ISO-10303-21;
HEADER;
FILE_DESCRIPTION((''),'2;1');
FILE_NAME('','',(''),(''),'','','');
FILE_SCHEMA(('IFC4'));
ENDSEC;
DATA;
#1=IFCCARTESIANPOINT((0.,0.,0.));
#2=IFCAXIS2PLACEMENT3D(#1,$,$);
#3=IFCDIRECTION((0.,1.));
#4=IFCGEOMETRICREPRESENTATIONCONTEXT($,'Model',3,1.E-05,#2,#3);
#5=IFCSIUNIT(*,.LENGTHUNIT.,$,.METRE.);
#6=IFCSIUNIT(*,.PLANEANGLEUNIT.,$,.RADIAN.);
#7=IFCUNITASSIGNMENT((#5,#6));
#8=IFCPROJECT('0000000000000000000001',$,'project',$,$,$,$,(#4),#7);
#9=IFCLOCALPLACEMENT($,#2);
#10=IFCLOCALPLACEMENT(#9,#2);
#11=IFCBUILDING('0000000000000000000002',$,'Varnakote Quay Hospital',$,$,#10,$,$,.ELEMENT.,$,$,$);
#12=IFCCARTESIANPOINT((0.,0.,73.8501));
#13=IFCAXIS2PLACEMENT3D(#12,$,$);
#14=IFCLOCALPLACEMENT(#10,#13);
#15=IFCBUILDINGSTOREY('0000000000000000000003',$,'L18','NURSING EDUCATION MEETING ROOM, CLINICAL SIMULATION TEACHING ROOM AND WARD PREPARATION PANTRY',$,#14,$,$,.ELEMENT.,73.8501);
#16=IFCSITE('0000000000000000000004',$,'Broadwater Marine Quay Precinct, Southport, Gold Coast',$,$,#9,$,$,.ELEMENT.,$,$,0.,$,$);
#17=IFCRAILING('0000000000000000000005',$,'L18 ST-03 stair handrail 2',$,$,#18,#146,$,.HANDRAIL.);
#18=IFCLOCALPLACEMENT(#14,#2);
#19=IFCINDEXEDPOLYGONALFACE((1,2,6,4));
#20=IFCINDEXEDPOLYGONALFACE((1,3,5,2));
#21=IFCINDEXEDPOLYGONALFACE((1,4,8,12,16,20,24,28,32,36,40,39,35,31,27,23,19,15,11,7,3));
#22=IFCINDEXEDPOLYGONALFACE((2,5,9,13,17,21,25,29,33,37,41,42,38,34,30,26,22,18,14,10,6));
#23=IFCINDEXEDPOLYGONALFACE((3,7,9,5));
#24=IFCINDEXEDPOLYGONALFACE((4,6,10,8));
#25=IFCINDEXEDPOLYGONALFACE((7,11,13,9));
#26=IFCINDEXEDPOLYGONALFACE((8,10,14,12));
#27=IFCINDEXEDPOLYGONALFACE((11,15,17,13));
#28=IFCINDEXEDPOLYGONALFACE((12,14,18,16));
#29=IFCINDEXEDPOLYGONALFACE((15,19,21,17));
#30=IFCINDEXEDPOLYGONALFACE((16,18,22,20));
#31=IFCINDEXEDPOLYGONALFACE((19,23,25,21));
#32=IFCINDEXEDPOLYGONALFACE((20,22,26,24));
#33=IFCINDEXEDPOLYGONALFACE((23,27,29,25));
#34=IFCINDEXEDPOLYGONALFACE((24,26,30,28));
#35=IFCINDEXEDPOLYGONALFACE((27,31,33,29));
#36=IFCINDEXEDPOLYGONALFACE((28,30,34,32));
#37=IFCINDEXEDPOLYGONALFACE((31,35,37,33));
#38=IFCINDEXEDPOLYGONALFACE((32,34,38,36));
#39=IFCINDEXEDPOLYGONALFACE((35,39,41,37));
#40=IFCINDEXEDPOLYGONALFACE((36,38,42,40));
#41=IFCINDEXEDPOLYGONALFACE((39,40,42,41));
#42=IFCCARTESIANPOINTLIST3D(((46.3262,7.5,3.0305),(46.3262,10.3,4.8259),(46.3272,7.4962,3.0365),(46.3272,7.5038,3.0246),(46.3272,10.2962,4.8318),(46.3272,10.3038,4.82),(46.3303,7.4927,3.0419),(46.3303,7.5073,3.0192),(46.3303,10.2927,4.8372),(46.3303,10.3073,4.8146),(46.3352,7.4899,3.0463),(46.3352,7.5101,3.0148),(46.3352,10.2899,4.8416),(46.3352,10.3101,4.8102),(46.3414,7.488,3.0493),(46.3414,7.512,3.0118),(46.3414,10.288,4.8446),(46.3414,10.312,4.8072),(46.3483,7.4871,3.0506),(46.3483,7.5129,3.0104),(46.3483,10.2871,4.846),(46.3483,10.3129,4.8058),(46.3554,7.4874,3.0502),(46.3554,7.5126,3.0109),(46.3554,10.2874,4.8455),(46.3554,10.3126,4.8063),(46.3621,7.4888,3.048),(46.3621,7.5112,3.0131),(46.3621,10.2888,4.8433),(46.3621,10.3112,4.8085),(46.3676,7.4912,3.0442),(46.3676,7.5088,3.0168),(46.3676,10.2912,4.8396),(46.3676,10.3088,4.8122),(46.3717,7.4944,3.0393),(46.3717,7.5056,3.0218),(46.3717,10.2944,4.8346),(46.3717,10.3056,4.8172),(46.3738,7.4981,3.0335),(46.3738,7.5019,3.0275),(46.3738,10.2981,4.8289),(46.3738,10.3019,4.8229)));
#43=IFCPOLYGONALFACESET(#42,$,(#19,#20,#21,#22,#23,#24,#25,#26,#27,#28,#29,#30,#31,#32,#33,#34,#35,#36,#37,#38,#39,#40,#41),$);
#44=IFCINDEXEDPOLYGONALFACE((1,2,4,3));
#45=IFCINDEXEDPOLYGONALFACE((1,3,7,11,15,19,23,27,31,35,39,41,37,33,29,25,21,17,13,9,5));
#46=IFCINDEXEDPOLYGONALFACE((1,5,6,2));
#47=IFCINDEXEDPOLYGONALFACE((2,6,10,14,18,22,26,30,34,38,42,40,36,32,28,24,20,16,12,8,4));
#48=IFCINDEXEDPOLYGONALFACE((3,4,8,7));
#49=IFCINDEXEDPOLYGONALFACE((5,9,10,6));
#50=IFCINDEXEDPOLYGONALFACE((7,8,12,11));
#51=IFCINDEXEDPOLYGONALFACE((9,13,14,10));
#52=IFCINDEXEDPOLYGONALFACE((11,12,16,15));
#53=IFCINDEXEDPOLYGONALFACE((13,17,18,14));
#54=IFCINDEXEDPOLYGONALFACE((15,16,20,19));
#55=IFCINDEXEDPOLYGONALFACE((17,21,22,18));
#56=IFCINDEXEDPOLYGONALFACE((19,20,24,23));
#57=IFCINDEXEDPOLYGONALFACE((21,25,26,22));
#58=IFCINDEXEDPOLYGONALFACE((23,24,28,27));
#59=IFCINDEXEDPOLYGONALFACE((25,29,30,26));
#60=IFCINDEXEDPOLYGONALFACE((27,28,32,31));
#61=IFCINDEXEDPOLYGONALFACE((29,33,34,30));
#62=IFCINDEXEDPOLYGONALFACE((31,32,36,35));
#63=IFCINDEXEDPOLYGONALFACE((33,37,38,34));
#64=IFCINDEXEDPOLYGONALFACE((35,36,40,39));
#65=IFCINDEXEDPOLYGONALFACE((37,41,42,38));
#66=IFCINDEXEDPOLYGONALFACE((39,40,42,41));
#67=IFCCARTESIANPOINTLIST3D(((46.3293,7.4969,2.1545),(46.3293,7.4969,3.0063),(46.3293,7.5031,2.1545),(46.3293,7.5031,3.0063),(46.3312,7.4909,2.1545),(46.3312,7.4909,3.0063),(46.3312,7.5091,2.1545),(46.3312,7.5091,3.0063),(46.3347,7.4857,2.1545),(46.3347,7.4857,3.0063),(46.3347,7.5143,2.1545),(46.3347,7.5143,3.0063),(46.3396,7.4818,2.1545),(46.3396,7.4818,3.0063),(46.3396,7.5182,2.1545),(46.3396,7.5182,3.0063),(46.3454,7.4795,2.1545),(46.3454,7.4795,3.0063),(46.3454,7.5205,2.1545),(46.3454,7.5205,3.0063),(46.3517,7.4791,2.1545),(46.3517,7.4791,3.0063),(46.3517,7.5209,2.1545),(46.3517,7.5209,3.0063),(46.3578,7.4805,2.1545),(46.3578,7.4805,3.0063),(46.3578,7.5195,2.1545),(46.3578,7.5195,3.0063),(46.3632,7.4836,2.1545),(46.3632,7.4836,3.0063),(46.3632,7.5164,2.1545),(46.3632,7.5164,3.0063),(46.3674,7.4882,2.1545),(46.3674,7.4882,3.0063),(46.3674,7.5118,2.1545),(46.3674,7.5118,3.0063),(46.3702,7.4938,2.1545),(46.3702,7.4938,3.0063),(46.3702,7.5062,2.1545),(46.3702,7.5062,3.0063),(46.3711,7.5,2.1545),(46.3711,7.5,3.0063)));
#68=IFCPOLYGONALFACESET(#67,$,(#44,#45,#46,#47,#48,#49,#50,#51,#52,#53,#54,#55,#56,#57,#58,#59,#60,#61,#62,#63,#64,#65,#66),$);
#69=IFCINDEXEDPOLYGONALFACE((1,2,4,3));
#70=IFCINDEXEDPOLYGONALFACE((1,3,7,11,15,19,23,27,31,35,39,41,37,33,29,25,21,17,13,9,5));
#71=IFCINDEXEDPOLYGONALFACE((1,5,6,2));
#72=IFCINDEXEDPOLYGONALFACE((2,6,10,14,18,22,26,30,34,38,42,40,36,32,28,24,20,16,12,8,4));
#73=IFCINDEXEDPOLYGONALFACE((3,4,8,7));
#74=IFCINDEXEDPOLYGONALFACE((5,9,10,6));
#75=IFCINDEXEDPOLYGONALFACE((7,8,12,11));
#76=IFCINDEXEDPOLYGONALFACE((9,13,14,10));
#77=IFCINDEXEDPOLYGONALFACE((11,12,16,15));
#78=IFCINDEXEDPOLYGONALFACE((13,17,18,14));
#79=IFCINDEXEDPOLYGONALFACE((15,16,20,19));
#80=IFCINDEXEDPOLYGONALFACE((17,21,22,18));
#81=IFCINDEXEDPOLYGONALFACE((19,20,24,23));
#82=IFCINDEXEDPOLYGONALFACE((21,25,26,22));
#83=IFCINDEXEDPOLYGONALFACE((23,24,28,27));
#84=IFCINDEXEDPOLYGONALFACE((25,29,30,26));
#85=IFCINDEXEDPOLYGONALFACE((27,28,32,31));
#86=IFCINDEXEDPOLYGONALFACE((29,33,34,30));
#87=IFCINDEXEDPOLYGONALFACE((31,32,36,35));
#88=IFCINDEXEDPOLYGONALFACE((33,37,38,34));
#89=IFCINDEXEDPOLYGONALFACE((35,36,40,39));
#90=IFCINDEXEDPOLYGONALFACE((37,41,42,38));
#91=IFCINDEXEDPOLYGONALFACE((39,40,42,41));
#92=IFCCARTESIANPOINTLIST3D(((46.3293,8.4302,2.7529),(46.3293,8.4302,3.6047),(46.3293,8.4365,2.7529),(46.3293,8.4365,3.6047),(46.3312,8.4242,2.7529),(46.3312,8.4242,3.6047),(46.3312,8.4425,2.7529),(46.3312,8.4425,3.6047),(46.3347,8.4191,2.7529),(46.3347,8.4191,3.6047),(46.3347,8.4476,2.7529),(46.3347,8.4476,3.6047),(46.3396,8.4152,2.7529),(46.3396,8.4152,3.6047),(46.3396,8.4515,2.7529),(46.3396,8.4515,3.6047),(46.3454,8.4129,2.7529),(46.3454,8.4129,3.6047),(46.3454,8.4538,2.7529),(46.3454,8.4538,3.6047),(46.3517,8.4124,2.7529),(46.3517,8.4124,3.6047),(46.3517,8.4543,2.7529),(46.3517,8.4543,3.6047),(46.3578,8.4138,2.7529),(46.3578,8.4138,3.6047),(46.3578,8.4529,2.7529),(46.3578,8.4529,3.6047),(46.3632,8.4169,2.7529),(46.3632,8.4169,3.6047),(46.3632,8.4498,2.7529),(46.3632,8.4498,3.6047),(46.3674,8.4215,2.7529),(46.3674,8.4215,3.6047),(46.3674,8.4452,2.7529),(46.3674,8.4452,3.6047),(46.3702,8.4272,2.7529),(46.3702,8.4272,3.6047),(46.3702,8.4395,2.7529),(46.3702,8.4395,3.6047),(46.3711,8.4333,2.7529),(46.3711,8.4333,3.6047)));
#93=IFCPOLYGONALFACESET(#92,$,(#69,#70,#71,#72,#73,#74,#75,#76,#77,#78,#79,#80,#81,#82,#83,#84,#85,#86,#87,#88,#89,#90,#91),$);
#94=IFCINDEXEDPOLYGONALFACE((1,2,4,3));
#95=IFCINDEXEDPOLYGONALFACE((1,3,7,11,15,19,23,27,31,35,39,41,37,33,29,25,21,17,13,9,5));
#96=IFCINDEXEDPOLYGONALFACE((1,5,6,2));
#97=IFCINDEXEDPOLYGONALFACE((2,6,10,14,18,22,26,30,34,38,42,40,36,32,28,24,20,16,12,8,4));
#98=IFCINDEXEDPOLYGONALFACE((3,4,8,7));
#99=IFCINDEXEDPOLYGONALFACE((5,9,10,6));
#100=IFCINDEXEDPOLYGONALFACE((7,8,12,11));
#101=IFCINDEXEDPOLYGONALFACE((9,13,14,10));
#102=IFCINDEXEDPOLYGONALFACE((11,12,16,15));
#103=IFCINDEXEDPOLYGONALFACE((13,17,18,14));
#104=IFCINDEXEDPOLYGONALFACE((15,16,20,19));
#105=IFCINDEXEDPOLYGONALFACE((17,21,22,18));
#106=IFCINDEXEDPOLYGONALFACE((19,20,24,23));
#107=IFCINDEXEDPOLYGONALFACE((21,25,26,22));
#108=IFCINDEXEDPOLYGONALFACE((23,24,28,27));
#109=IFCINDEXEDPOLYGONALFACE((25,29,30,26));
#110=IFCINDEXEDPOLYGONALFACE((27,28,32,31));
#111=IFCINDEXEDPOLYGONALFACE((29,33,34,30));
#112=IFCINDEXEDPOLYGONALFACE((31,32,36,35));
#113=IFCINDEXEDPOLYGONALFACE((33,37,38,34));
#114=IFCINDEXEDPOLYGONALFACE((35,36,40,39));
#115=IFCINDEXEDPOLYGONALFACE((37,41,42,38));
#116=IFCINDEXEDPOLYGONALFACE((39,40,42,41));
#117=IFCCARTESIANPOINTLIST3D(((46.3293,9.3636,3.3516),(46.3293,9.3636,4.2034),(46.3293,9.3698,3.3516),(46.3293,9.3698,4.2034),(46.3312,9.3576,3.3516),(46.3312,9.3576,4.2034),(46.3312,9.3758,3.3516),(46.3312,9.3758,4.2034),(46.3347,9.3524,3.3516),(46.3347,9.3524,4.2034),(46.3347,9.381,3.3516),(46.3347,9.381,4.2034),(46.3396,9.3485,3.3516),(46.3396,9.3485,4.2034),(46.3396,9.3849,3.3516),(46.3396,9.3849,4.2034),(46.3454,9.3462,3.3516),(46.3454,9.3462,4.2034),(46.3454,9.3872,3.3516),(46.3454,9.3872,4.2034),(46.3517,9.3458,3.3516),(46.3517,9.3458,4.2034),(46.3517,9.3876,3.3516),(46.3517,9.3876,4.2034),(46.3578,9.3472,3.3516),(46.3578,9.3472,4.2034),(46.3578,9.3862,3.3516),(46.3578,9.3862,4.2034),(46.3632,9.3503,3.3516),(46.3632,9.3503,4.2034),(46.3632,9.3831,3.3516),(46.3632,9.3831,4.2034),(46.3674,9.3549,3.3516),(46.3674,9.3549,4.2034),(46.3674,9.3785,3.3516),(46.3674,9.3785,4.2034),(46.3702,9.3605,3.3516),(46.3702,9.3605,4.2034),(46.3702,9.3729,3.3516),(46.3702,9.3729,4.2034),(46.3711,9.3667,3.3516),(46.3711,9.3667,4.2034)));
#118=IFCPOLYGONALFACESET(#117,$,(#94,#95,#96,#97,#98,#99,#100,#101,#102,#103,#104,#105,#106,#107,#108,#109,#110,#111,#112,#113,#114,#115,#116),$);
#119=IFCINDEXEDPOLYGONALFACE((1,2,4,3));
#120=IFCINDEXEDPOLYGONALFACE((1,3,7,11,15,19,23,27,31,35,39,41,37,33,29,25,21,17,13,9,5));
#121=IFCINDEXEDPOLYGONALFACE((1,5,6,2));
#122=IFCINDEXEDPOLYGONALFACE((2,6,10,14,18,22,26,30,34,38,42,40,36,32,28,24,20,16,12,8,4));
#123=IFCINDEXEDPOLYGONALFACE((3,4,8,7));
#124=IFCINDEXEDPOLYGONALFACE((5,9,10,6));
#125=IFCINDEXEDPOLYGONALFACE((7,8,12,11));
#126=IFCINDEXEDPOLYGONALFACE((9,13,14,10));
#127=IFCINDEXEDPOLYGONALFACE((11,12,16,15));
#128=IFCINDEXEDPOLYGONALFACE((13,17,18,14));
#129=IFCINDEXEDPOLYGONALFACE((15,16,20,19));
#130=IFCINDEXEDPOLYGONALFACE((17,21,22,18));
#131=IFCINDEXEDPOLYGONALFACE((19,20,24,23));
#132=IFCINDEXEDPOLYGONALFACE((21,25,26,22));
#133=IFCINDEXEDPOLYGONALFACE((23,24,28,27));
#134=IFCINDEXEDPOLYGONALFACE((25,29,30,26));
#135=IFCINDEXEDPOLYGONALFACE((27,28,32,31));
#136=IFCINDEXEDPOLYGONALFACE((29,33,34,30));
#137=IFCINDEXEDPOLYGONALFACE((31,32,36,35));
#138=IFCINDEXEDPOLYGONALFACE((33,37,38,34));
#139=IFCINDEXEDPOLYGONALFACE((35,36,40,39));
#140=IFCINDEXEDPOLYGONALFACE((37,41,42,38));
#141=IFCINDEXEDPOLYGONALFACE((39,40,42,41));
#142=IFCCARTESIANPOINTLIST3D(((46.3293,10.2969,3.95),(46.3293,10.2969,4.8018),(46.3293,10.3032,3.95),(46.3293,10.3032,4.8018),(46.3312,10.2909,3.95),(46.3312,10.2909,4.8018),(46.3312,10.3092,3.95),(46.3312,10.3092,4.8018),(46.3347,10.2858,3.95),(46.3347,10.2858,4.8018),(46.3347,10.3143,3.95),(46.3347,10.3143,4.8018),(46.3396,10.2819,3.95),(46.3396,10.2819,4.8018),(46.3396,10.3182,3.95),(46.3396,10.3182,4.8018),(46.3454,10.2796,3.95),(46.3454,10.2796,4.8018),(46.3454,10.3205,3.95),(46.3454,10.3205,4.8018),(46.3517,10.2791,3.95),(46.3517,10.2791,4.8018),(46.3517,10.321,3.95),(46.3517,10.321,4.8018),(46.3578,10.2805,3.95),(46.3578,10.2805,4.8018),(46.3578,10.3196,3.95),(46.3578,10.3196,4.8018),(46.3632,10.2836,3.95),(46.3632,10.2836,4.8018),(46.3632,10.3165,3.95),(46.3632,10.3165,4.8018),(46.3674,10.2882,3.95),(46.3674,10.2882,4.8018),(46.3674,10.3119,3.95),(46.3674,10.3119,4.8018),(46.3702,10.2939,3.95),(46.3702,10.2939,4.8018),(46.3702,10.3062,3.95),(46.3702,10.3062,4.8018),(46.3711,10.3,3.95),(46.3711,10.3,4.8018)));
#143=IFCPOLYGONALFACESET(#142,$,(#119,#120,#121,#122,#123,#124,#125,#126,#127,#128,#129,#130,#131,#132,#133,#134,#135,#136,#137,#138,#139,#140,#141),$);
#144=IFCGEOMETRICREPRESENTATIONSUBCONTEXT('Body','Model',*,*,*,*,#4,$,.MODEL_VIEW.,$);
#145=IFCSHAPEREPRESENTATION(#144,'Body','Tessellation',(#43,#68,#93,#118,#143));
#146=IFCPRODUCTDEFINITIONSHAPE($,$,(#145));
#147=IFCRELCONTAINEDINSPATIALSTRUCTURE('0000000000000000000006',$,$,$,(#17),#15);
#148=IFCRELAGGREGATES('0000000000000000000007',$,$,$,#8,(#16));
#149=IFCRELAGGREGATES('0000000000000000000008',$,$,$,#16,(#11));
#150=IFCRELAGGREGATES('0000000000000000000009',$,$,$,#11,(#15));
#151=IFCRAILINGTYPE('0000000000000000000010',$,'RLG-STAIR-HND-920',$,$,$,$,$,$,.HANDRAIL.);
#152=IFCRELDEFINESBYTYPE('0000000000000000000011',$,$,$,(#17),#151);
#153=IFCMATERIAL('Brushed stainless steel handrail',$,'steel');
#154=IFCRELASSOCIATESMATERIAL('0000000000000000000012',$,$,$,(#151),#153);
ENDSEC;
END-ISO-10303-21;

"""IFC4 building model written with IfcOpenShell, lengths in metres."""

from ifc_helpers import new_model, si_unit, direction, frame, origin, origin_2d, place, context, subcontext, project, spatial, circle, extrude, material, type_object, element, save


model = new_model("IFC4")

# Units and contexts
model_context = context("Model", 3, precision=1e-05, world=origin(), true_north=direction((0.0, 1.0)))
body_context = subcontext(model_context, "Body", "Model", "MODEL_VIEW")
ifc_project = project(units=[si_unit("LENGTHUNIT", "METRE"), si_unit("PLANEANGLEUNIT", "RADIAN")], contexts=[model_context])

# Site, building, storey
site_placement = place(None, origin())
site = spatial("IfcSite", under=ifc_project, at=site_placement, Name="Broadwater Marine Quay Precinct, Southport, Gold Coast", CompositionType="ELEMENT", RefElevation=0.0)
building_placement = place(site_placement, origin())
building = spatial("IfcBuilding", under=site, at=building_placement, Name="Varnakote Quay Hospital", CompositionType="ELEMENT")
storey_placement = place(building_placement, frame((0.0, 0.0, 73.8501)))
storey = spatial("IfcBuildingStorey", under=building, at=storey_placement, Name="L18", Description="NURSING EDUCATION MEETING ROOM, CLINICAL SIMULATION TEACHING ROOM AND WARD PREPARATION PANTRY", CompositionType="ELEMENT", Elevation=73.8501)

# Railing
ifc_material_1 = material(Name="Brushed stainless steel handrail", Category="steel")
railing_type_1 = type_object("IfcRailingType", Name="RLG-STAIR-HND-920", PredefinedType="HANDRAIL", material=ifc_material_1)
railing_1_placement = place(storey_placement, frame((46.3501, 7.5, 2.1545)))
element("IfcRailing", 1, at=railing_1_placement, inside=storey, type_object=railing_type_1, Name="L18 ST-03 stair handrail 2", PredefinedType="HANDRAIL", context=body_context, shape_type="SweptSolid", body=[
    extrude(circle(Radius=0.0239, at=origin_2d()), frame((0.0, 0.0, 0.876), z_axis=(0.0, 0.84181, 0.539774), x_axis=(-1.0, 0.0, 0.0)), (0.0, 0.0, 1.0), 3.3262),
    extrude(circle(Radius=0.021, at=origin_2d()), origin(), (0.0, 0.0, 1.0), 0.8518),
    extrude(circle(Radius=0.021, at=origin_2d()), frame((0.0, 0.9333, 0.5984)), (0.0, 0.0, 1.0), 0.8518),
    extrude(circle(Radius=0.021, at=origin_2d()), frame((0.0, 1.8667, 1.197)), (0.0, 0.0, 1.0), 0.8518),
    extrude(circle(Radius=0.021, at=origin_2d()), frame((0.0, 2.8, 1.7954)), (0.0, 0.0, 1.0), 0.8518),
])

save(model, "model.ifc")
